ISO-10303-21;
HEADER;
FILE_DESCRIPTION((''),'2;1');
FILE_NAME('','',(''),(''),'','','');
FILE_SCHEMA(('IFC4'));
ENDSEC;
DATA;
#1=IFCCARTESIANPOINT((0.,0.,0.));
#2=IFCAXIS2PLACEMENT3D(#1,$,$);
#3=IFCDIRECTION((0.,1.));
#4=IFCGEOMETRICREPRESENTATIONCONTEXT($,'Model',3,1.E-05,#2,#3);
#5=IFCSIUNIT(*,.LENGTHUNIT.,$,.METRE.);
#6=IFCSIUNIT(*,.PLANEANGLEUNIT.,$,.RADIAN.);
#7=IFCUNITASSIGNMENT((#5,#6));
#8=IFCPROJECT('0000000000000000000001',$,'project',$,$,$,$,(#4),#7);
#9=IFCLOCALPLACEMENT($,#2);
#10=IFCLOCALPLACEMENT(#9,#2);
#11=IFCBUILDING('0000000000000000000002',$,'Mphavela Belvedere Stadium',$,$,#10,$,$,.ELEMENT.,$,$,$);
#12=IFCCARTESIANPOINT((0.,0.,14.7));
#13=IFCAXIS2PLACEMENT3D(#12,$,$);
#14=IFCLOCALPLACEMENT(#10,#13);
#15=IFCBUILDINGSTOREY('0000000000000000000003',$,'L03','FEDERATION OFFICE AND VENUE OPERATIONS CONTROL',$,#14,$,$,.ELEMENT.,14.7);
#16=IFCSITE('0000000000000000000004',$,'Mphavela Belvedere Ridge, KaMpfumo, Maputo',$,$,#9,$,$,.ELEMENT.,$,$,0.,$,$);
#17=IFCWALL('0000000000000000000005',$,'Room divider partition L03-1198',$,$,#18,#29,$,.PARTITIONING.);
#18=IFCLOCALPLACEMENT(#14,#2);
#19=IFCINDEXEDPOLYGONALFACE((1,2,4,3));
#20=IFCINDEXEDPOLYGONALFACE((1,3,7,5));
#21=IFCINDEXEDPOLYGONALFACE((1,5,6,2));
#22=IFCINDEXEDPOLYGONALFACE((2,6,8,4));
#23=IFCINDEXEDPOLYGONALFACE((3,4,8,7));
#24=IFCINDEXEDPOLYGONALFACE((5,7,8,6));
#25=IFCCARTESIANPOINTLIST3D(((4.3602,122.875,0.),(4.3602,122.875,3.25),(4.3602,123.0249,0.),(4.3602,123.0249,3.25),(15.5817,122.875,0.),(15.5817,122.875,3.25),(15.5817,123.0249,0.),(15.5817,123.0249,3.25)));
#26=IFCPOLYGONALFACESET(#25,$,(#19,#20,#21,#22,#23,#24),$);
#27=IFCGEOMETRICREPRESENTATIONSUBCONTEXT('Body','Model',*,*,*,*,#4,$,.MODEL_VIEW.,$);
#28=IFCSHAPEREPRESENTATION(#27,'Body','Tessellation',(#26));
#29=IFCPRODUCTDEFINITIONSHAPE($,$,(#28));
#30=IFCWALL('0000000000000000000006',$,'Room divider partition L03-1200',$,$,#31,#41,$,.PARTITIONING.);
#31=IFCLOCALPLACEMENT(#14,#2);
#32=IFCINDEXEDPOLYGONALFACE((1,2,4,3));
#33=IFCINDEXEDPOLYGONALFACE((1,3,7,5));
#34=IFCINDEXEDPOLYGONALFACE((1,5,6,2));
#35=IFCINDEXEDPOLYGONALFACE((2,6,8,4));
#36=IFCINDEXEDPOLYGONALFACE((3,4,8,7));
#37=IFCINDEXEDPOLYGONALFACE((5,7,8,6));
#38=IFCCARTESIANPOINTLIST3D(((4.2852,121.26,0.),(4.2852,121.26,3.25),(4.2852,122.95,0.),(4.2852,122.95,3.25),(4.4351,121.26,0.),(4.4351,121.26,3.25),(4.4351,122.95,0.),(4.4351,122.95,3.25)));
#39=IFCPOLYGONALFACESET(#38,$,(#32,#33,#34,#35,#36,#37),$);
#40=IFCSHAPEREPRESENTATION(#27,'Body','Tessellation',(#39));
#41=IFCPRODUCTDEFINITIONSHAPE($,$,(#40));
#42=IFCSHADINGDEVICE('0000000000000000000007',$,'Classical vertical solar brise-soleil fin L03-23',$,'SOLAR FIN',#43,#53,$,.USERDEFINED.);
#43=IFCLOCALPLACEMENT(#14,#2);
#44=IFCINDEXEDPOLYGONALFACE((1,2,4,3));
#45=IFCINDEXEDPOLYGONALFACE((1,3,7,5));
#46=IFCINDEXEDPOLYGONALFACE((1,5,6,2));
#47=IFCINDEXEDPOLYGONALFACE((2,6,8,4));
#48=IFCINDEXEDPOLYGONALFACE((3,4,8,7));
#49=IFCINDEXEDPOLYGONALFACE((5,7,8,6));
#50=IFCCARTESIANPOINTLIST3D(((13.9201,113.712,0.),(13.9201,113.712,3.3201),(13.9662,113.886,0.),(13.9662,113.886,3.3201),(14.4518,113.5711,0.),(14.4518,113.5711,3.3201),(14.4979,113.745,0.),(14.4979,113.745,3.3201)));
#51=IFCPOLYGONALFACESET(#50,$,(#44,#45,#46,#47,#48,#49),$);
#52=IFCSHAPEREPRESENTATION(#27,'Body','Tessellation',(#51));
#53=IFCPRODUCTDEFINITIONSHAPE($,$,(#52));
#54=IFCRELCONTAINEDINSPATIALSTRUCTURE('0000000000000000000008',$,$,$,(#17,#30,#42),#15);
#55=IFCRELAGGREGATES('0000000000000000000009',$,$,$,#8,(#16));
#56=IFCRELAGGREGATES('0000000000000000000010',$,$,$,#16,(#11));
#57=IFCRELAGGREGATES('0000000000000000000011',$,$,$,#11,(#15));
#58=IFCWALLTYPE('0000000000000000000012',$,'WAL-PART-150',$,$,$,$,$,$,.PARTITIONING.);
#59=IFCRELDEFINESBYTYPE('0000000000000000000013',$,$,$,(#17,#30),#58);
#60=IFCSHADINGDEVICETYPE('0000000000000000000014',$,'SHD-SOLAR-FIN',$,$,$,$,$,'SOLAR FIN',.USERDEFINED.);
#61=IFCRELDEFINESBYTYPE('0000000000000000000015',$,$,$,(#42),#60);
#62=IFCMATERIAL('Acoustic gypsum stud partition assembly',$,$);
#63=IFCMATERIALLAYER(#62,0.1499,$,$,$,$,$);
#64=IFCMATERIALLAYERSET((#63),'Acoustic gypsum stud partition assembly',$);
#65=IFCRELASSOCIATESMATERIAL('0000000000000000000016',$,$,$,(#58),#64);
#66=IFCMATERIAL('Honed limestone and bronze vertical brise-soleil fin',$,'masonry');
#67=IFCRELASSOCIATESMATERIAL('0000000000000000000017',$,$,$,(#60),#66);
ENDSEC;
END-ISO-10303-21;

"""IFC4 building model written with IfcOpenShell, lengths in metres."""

from ifc_helpers import new_model, si_unit, direction, frame, frame_2d, origin, origin_2d, place, context, subcontext, project, spatial, rectangle, extrude, material, layer, layer_set, type_object, element, save


model = new_model("IFC4")

# Units and contexts
model_context = context("Model", 3, precision=1e-05, world=origin(), true_north=direction((0.0, 1.0)))
body_context = subcontext(model_context, "Body", "Model", "MODEL_VIEW")
ifc_project = project(units=[si_unit("LENGTHUNIT", "METRE"), si_unit("PLANEANGLEUNIT", "RADIAN")], contexts=[model_context])

# Site, building, storey
site_placement = place(None, origin())
site = spatial("IfcSite", under=ifc_project, at=site_placement, Name="Mphavela Belvedere Ridge, KaMpfumo, Maputo", CompositionType="ELEMENT", RefElevation=0.0)
building_placement = place(site_placement, origin())
building = spatial("IfcBuilding", under=site, at=building_placement, Name="Mphavela Belvedere Stadium", CompositionType="ELEMENT")
storey_placement = place(building_placement, frame((0.0, 0.0, 14.7)))
storey = spatial("IfcBuildingStorey", under=building, at=storey_placement, Name="L03", Description="FEDERATION OFFICE AND VENUE OPERATIONS CONTROL", CompositionType="ELEMENT", Elevation=14.7)

# Shared definitions
ifc_material_1 = material(Name="Acoustic gypsum stud partition assembly")
ifc_layer_1 = layer(ifc_material_1, 0.1499)
ifc_layer_set_1 = layer_set([ifc_layer_1], Name="Acoustic gypsum stud partition assembly")
wall_type_1 = type_object("IfcWallType", Name="WAL-PART-150", PredefinedType="PARTITIONING", material=ifc_layer_set_1)

# Walls
wall_1_placement = place(storey_placement, frame((4.3601, 122.95, 0.0), z_axis=(0.0, 0.0, 1.0), x_axis=(1.0, 0.0, 0.0)))
element("IfcWall", 1, at=wall_1_placement, inside=storey, type_object=wall_type_1, Name="Room divider partition L03-1198", PredefinedType="PARTITIONING", context=body_context, shape_type="SweptSolid", body=[
    extrude(rectangle(XDim=11.2214, YDim=0.1499, at=frame_2d((5.6108, 0.0))), origin(), (0.0, 0.0, 1.0), 3.25),
])
wall_2_placement = place(storey_placement, frame((4.3601, 121.26, 0.0), z_axis=(0.0, 0.0, 1.0), x_axis=(0.0, 1.0, 0.0)))
element("IfcWall", 2, at=wall_2_placement, inside=storey, type_object=wall_type_1, Name="Room divider partition L03-1200", PredefinedType="PARTITIONING", context=body_context, shape_type="SweptSolid", body=[
    extrude(rectangle(XDim=1.6899, YDim=0.1499, at=frame_2d((0.845, 0.0))), origin(), (0.0, 0.0, 1.0), 3.25),
])

# Shading device
ifc_material_2 = material(Name="Honed limestone and bronze vertical brise-soleil fin", Category="masonry")
shading_device_type = type_object("IfcShadingDeviceType", Name="SHD-SOLAR-FIN", ElementType="SOLAR FIN", PredefinedType="USERDEFINED", material=ifc_material_2)
shading_device_placement = place(storey_placement, frame((14.209, 113.7285, 0.0), z_axis=(0.0, 0.0, 1.0), x_axis=(-0.9666, 0.256289, 0.0)))
element("IfcShadingDevice", 3, at=shading_device_placement, inside=storey, type_object=shading_device_type, Name="Classical vertical solar brise-soleil fin L03-23", ObjectType="SOLAR FIN", PredefinedType="USERDEFINED", context=body_context, shape_type="SweptSolid", body=[
    extrude(rectangle(XDim=0.55, YDim=0.1799, at=origin_2d()), origin(), (0.0, 0.0, 1.0), 3.3201),
])

save(model, "model.ifc")
